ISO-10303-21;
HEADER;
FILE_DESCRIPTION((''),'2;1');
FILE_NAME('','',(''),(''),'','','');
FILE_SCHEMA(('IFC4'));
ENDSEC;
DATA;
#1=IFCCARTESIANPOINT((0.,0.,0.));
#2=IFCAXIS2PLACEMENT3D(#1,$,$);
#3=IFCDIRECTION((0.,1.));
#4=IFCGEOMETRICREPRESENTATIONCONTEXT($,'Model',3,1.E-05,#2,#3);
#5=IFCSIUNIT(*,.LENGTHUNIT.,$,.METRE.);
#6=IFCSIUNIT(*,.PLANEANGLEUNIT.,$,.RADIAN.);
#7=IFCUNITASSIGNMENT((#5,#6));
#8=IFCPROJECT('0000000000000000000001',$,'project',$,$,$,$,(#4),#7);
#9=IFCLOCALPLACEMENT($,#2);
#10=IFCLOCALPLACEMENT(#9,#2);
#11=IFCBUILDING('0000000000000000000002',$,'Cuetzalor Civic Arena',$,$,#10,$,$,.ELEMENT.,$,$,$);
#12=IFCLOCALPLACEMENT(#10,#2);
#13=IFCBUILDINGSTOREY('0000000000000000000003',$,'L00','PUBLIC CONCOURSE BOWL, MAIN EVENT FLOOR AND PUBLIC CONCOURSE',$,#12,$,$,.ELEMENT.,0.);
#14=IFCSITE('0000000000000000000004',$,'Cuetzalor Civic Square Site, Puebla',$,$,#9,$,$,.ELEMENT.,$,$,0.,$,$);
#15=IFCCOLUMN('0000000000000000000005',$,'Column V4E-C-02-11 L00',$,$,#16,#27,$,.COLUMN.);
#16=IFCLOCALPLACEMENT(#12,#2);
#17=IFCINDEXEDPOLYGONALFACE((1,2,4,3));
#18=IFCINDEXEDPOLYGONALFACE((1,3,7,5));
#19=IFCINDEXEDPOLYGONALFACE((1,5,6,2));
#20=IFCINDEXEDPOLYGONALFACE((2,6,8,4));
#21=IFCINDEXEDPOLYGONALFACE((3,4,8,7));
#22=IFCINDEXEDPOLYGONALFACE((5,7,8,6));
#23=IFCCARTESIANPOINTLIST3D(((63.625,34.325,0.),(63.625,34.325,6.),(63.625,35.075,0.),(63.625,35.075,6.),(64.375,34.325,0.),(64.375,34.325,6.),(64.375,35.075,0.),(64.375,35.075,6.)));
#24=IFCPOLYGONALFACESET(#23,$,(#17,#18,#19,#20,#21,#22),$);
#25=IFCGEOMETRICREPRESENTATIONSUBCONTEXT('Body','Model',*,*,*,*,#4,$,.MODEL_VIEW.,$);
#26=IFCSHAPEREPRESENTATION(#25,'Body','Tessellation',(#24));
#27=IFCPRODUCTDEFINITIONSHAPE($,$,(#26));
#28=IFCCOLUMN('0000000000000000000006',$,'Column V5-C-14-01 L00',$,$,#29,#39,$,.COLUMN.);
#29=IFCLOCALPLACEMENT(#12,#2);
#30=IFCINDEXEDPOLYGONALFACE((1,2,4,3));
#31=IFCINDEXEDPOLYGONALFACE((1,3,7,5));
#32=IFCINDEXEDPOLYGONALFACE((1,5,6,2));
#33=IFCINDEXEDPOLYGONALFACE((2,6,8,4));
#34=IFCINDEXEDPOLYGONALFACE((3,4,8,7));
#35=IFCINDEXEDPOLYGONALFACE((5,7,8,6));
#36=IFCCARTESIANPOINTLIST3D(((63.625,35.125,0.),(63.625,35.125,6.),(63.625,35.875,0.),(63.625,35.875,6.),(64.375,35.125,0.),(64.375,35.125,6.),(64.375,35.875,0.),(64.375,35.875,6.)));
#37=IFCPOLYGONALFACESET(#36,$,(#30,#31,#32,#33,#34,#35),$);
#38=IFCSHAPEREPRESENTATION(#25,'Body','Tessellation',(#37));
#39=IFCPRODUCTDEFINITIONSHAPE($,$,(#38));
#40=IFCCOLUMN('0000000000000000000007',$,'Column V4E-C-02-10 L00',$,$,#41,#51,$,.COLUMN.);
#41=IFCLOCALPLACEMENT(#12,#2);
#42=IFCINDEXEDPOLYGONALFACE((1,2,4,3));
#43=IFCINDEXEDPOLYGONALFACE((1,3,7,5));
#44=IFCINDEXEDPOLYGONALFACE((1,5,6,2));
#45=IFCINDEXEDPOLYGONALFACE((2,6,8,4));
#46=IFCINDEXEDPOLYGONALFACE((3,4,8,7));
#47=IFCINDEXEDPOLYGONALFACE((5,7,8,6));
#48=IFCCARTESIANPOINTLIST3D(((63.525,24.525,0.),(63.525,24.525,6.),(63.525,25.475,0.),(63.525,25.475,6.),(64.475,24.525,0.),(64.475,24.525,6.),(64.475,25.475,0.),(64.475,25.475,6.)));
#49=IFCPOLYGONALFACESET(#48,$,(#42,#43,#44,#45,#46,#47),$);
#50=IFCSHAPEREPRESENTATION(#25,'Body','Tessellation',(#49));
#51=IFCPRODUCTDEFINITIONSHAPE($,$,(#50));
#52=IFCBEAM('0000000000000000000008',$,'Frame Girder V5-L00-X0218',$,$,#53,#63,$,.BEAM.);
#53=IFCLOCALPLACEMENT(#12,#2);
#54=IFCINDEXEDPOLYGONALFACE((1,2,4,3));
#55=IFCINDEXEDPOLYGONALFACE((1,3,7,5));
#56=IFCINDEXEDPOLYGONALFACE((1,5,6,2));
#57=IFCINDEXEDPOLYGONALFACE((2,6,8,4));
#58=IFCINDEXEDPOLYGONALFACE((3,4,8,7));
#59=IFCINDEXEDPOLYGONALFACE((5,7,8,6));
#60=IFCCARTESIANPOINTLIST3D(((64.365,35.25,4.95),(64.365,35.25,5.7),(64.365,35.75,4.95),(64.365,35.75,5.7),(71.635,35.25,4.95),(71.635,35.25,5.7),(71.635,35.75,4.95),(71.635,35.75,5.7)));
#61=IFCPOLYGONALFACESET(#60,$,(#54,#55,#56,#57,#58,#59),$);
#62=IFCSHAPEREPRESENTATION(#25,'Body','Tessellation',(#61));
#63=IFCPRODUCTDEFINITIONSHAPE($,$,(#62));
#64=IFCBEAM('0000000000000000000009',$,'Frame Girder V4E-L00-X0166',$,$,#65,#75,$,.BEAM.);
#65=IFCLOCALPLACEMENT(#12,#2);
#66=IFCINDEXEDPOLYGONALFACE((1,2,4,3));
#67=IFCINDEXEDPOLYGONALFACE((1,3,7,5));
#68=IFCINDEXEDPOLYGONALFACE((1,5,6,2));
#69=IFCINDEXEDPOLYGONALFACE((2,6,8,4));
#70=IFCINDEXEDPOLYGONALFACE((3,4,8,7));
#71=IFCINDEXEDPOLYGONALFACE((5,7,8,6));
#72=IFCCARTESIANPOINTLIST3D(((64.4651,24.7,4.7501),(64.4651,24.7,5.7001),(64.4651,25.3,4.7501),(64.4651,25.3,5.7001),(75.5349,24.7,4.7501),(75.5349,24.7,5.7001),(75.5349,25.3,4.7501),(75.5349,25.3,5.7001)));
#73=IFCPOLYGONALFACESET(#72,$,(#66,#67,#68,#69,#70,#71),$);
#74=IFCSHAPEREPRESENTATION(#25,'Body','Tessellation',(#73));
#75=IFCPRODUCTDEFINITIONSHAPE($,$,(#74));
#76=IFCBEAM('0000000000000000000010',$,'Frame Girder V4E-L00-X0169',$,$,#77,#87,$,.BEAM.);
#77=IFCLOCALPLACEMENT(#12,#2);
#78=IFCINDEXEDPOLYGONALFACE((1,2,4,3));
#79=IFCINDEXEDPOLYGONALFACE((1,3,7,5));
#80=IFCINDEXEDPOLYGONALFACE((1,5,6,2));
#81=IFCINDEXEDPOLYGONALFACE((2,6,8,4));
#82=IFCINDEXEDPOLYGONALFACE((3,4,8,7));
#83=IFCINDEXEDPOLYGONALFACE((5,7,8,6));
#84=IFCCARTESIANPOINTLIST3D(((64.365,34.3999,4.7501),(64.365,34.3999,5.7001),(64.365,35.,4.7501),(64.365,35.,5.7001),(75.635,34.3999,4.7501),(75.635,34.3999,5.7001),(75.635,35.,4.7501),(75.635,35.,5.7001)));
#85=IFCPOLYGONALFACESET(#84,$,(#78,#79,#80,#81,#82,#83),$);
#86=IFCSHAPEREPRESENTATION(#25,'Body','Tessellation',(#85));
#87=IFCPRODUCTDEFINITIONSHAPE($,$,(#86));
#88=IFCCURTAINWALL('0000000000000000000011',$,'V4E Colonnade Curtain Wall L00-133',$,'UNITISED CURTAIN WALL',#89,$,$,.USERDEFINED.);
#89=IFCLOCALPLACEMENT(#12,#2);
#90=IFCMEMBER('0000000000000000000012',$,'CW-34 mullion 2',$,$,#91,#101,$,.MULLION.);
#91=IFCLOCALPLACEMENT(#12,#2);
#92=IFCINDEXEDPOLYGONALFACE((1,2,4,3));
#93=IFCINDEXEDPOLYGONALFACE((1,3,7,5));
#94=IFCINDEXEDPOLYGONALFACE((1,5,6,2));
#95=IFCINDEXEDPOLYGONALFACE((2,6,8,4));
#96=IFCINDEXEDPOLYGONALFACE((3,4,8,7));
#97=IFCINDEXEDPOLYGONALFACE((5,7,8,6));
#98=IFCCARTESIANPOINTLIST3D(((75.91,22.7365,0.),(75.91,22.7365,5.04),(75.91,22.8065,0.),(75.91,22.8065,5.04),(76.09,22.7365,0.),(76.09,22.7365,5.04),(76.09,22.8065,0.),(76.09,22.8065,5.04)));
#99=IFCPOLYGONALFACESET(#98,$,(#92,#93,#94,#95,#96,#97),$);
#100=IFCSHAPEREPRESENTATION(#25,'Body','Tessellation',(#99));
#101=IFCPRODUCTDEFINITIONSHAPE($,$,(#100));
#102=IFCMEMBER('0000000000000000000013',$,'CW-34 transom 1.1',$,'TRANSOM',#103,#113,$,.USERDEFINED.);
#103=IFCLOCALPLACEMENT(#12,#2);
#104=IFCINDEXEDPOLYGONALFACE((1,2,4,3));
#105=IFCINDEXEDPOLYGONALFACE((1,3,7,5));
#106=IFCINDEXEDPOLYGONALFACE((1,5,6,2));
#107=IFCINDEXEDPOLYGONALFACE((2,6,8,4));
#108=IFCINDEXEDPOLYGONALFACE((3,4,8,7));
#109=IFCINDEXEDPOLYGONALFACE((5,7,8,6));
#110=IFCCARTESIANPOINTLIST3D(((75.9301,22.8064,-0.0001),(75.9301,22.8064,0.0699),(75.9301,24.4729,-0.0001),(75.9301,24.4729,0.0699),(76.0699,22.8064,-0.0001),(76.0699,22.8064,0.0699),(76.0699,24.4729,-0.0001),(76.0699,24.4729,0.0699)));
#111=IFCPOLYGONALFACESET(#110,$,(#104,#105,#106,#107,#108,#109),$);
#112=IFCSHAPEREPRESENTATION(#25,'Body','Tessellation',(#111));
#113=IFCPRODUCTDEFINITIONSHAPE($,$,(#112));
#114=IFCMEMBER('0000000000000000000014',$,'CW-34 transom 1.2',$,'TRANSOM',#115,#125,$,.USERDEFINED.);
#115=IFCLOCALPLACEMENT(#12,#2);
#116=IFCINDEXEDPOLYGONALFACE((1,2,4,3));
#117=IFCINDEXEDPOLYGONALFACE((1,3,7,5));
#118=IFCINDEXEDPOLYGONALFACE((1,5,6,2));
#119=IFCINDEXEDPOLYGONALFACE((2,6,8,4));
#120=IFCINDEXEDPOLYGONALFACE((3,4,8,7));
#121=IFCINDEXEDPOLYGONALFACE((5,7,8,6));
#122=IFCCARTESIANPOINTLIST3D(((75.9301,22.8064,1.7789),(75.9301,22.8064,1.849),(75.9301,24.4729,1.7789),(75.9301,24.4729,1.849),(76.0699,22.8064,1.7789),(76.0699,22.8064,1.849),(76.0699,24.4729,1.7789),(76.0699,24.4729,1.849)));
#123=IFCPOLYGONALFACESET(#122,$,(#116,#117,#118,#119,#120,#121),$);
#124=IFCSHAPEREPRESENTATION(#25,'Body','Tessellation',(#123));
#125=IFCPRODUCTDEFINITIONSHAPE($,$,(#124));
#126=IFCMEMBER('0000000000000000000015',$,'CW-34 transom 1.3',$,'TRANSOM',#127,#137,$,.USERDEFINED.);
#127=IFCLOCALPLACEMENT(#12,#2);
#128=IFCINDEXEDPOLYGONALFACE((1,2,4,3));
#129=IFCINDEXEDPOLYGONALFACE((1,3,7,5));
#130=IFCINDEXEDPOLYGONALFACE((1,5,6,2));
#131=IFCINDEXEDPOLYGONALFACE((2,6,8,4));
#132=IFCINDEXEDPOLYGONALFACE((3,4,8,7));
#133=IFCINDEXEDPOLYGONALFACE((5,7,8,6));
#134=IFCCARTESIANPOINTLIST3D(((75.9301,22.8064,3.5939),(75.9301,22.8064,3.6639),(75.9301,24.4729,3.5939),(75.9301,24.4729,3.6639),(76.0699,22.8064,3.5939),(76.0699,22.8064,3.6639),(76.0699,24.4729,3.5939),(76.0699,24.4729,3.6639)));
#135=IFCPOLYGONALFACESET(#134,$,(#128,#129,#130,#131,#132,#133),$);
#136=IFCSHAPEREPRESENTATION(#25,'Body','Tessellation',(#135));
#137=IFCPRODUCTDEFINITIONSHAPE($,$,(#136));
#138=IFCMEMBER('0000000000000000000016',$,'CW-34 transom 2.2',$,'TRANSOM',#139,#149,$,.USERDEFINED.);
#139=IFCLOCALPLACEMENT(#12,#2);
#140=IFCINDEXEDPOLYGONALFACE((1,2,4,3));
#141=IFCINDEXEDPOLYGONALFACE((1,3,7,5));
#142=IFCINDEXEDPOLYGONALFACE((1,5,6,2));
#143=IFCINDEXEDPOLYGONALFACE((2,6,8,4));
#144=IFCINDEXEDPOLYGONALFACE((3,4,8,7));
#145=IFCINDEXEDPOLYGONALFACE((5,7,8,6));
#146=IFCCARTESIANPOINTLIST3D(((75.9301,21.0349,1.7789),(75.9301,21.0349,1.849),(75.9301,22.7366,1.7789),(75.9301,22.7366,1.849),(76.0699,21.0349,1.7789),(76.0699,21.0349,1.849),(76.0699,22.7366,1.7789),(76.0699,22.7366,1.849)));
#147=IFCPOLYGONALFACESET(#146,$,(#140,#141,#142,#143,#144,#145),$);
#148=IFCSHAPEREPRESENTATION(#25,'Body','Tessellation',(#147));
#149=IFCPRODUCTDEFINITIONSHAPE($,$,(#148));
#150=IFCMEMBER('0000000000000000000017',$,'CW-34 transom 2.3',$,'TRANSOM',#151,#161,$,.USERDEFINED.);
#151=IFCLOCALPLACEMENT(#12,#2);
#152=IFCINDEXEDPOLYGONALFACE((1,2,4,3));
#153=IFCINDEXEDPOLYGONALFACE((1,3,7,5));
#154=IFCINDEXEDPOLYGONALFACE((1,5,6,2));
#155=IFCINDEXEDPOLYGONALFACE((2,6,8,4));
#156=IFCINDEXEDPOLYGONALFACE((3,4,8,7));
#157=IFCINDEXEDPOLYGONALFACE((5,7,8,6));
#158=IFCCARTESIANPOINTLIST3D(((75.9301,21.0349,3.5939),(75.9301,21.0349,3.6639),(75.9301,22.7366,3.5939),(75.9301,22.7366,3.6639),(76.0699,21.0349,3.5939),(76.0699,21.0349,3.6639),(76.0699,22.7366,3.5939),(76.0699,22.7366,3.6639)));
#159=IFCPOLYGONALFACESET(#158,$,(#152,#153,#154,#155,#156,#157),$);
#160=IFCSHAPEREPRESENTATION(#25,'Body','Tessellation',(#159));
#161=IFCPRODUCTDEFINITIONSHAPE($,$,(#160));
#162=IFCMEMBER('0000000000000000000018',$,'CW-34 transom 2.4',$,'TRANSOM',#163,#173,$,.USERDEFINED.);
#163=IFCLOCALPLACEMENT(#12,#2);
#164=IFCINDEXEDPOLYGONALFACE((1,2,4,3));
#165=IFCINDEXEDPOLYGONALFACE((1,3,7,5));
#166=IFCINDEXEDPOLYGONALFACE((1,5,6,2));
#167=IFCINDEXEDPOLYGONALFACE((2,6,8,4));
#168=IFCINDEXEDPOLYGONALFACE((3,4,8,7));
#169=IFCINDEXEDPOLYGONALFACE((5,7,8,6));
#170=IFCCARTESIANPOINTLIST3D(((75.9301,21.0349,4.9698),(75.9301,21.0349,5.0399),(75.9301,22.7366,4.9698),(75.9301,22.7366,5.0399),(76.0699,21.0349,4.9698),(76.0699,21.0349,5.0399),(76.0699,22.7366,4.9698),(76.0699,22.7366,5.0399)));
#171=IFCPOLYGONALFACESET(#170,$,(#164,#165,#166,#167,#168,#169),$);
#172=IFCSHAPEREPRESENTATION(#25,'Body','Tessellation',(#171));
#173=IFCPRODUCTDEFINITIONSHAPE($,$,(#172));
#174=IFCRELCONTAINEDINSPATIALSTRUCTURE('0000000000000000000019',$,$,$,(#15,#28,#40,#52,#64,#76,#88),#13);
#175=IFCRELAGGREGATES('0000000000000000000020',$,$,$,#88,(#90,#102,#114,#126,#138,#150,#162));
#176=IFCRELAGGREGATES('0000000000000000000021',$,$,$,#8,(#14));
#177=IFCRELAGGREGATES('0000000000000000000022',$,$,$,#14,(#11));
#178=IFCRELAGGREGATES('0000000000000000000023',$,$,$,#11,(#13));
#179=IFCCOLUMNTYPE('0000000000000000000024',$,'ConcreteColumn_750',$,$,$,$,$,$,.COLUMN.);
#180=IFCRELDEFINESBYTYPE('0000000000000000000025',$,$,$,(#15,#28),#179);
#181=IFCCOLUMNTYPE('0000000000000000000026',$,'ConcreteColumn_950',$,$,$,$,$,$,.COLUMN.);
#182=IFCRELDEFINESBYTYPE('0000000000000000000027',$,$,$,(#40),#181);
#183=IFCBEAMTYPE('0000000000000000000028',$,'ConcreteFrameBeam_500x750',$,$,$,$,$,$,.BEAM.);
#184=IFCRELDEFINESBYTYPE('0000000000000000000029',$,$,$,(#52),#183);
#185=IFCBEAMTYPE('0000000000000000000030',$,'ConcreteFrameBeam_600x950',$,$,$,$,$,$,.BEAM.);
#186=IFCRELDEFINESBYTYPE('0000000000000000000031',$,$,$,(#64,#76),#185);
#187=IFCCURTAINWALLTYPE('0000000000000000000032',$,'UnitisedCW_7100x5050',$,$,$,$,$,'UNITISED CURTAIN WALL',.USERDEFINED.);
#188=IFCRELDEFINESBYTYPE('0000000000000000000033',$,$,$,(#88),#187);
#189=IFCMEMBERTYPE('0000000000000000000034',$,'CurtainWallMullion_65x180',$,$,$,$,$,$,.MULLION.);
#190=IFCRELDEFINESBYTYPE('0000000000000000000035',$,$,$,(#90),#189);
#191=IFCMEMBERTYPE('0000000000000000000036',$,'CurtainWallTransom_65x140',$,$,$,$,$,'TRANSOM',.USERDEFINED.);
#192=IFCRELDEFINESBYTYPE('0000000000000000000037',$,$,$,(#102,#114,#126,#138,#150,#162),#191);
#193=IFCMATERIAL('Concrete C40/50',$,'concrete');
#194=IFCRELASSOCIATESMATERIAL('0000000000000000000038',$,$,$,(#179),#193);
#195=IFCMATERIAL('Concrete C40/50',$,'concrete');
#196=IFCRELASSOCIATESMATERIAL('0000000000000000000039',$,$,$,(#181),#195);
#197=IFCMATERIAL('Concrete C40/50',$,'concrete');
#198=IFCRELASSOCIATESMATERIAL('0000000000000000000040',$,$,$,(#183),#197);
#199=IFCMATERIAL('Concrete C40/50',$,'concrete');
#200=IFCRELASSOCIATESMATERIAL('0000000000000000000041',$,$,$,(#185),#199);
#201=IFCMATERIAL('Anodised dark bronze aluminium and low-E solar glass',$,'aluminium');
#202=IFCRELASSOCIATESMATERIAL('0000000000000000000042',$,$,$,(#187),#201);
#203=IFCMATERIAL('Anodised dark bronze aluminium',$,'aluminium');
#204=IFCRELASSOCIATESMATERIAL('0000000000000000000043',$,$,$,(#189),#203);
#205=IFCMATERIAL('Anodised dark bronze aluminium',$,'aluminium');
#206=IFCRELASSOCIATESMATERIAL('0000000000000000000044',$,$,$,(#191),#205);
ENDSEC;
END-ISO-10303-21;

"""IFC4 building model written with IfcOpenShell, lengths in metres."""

from ifc_helpers import new_model, si_unit, direction, frame, origin, origin_2d, place, context, subcontext, project, spatial, rectangle, extrude, material, material_profile, profile_set, type_object, element, aggregate, save


model = new_model("IFC4")

# Units and contexts
model_context = context("Model", 3, precision=1e-05, world=origin(), true_north=direction((0.0, 1.0)))
body_context = subcontext(model_context, "Body", "Model", "MODEL_VIEW")
ifc_project = project(units=[si_unit("LENGTHUNIT", "METRE"), si_unit("PLANEANGLEUNIT", "RADIAN")], contexts=[model_context])

# Site, building, storey
site_placement = place(None, origin())
site = spatial("IfcSite", under=ifc_project, at=site_placement, Name="Cuetzalor Civic Square Site, Puebla", CompositionType="ELEMENT", RefElevation=0.0)
building_placement = place(site_placement, origin())
building = spatial("IfcBuilding", under=site, at=building_placement, Name="Cuetzalor Civic Arena", CompositionType="ELEMENT")
storey_placement = place(building_placement, origin())
storey = spatial("IfcBuildingStorey", under=building, at=storey_placement, Name="L00", Description="PUBLIC CONCOURSE BOWL, MAIN EVENT FLOOR AND PUBLIC CONCOURSE", CompositionType="ELEMENT", Elevation=0.0)

# Columns
ifc_material_1 = material(Name="Concrete C40/50", Category="concrete")
ifc_material_profile_1 = material_profile(ifc_material_1, rectangle(XDim=0.75, YDim=0.75, at=origin_2d()), Name="RC 750x750")
ifc_profile_set_1 = profile_set([ifc_material_profile_1], Name="Concrete C40/50")
column_type_1 = type_object("IfcColumnType", Name="ConcreteColumn_750", PredefinedType="COLUMN", material=ifc_profile_set_1)
for number, where, z_axis, x_axis, name in (
    (1, (64.0, 34.7, 0.0), (0.0, 0.0, 1.0), (1.0, 0.0, 0.0), "Column V4E-C-02-11 L00"),
    (2, (64.0, 35.5, 0.0), (0.0, 0.0, 1.0), (1.0, 0.0, 0.0), "Column V5-C-14-01 L00"),
):
    element("IfcColumn", number, at=place(storey_placement, frame(where, z_axis=z_axis, x_axis=x_axis)), inside=storey, type_object=column_type_1, Name=name, PredefinedType="COLUMN", context=body_context, shape_type="SweptSolid", body=[
        extrude(rectangle(XDim=0.75, YDim=0.75, at=origin_2d()), origin(), (0.0, 0.0, 1.0), 6.0),
    ])
ifc_material_2 = material(Name="Concrete C40/50", Category="concrete")
ifc_material_profile_2 = material_profile(ifc_material_2, rectangle(XDim=0.95, YDim=0.95, at=origin_2d()), Name="RC 950x950")
ifc_profile_set_2 = profile_set([ifc_material_profile_2], Name="Concrete C40/50")
column_type_2 = type_object("IfcColumnType", Name="ConcreteColumn_950", PredefinedType="COLUMN", material=ifc_profile_set_2)
column_placement = place(storey_placement, frame((64.0, 25.0, 0.0), z_axis=(0.0, 0.0, 1.0), x_axis=(1.0, 0.0, 0.0)))
element("IfcColumn", 3, at=column_placement, inside=storey, type_object=column_type_2, Name="Column V4E-C-02-10 L00", PredefinedType="COLUMN", context=body_context, shape_type="SweptSolid", body=[
    extrude(rectangle(XDim=0.95, YDim=0.95, at=origin_2d()), origin(), (0.0, 0.0, 1.0), 6.0),
])

# Beams
ifc_material_3 = material(Name="Concrete C40/50", Category="concrete")
ifc_material_profile_3 = material_profile(ifc_material_3, rectangle(XDim=0.5, YDim=0.75, at=origin_2d()), Name="RC 500x750")
ifc_profile_set_3 = profile_set([ifc_material_profile_3], Name="Concrete C40/50")
beam_type_1 = type_object("IfcBeamType", Name="ConcreteFrameBeam_500x750", PredefinedType="BEAM", material=ifc_profile_set_3)
beam_1_placement = place(storey_placement, frame((64.365, 35.5, 5.325), z_axis=(1.0, 0.0, 0.0), x_axis=(0.0, 1.0, 0.0)))
element("IfcBeam", 4, at=beam_1_placement, inside=storey, type_object=beam_type_1, Name="Frame Girder V5-L00-X0218", PredefinedType="BEAM", context=body_context, shape_type="SweptSolid", body=[
    extrude(rectangle(XDim=0.5, YDim=0.75, at=origin_2d()), origin(), (0.0, 0.0, 1.0), 7.27),
])
ifc_material_4 = material(Name="Concrete C40/50", Category="concrete")
ifc_material_profile_4 = material_profile(ifc_material_4, rectangle(XDim=0.6001, YDim=0.95, at=origin_2d()), Name="RC 600x950")
ifc_profile_set_4 = profile_set([ifc_material_profile_4], Name="Concrete C40/50")
beam_type_2 = type_object("IfcBeamType", Name="ConcreteFrameBeam_600x950", PredefinedType="BEAM", material=ifc_profile_set_4)
beam_2_placement = place(storey_placement, frame((64.4651, 25.0, 5.2251), z_axis=(1.0, 0.0, 0.0), x_axis=(0.0, 1.0, 0.0)))
element("IfcBeam", 5, at=beam_2_placement, inside=storey, type_object=beam_type_2, Name="Frame Girder V4E-L00-X0166", PredefinedType="BEAM", context=body_context, shape_type="SweptSolid", body=[
    extrude(rectangle(XDim=0.6001, YDim=0.95, at=origin_2d()), origin(), (0.0, 0.0, 1.0), 11.0698),
])
beam_3_placement = place(storey_placement, frame((64.365, 34.7, 5.2251), z_axis=(1.0, 0.0, 0.0), x_axis=(0.0, 1.0, 0.0)))
element("IfcBeam", 6, at=beam_3_placement, inside=storey, type_object=beam_type_2, Name="Frame Girder V4E-L00-X0169", PredefinedType="BEAM", context=body_context, shape_type="SweptSolid", body=[
    extrude(rectangle(XDim=0.6001, YDim=0.95, at=origin_2d()), origin(), (0.0, 0.0, 1.0), 11.27),
])

# Curtain wall, members
ifc_material_5 = material(Name="Anodised dark bronze aluminium and low-E solar glass", Category="aluminium")
curtain_wall_type = type_object("IfcCurtainWallType", Name="UnitisedCW_7100x5050", ElementType="UNITISED CURTAIN WALL", PredefinedType="USERDEFINED", material=ifc_material_5)
curtain_wall_placement = place(storey_placement, origin())
curtain_wall = element("IfcCurtainWall", 7, at=curtain_wall_placement, inside=storey, type_object=curtain_wall_type, Name="V4E Colonnade Curtain Wall L00-133", ObjectType="UNITISED CURTAIN WALL", PredefinedType="USERDEFINED")
ifc_material_6 = material(Name="Anodised dark bronze aluminium", Category="aluminium")
ifc_material_profile_5 = material_profile(ifc_material_6, rectangle(XDim=0.0701, YDim=0.1799, at=origin_2d()), Name="ALU MULLION 70x180")
ifc_profile_set_5 = profile_set([ifc_material_profile_5], Name="Anodised dark bronze aluminium")
member_type_1 = type_object("IfcMemberType", Name="CurtainWallMullion_65x180", PredefinedType="MULLION", material=ifc_profile_set_5)
member_1_placement = place(storey_placement, frame((76.0, 22.7715, 0.0), z_axis=(0.0, 0.0, 1.0), x_axis=(0.0, -1.0, 0.0)))
member_1 = element("IfcMember", 8, at=member_1_placement, type_object=member_type_1, Name="CW-34 mullion 2", PredefinedType="MULLION", context=body_context, shape_type="SweptSolid", body=[
    extrude(rectangle(XDim=0.0701, YDim=0.1799, at=origin_2d()), origin(), (0.0, 0.0, 1.0), 5.04),
])
ifc_material_7 = material(Name="Anodised dark bronze aluminium", Category="aluminium")
ifc_material_profile_6 = material_profile(ifc_material_7, rectangle(XDim=0.1399, YDim=0.0701, at=origin_2d()), Name="ALU TRANSOM 70x140")
ifc_profile_set_6 = profile_set([ifc_material_profile_6], Name="Anodised dark bronze aluminium")
member_type_2 = type_object("IfcMemberType", Name="CurtainWallTransom_65x140", ElementType="TRANSOM", PredefinedType="USERDEFINED", material=ifc_profile_set_6)
member_2_placement = place(storey_placement, frame((76.0, 24.4729, 0.0349), z_axis=(0.0, -1.0, 0.0), x_axis=(1.0, 0.0, 0.0)))
member_2 = element("IfcMember", 9, at=member_2_placement, type_object=member_type_2, Name="CW-34 transom 1.1", ObjectType="TRANSOM", PredefinedType="USERDEFINED", context=body_context, shape_type="SweptSolid", body=[
    extrude(rectangle(XDim=0.1399, YDim=0.0701, at=origin_2d()), origin(), (0.0, 0.0, 1.0), 1.6665),
])
member_3_placement = place(storey_placement, frame((76.0, 24.4729, 1.814), z_axis=(0.0, -1.0, 0.0), x_axis=(1.0, 0.0, 0.0)))
member_3 = element("IfcMember", 10, at=member_3_placement, type_object=member_type_2, Name="CW-34 transom 1.2", ObjectType="TRANSOM", PredefinedType="USERDEFINED", context=body_context, shape_type="SweptSolid", body=[
    extrude(rectangle(XDim=0.1399, YDim=0.0701, at=origin_2d()), origin(), (0.0, 0.0, 1.0), 1.6665),
])
member_4_placement = place(storey_placement, frame((76.0, 24.4729, 3.6289), z_axis=(0.0, -1.0, 0.0), x_axis=(1.0, 0.0, 0.0)))
member_4 = element("IfcMember", 11, at=member_4_placement, type_object=member_type_2, Name="CW-34 transom 1.3", ObjectType="TRANSOM", PredefinedType="USERDEFINED", context=body_context, shape_type="SweptSolid", body=[
    extrude(rectangle(XDim=0.1399, YDim=0.0701, at=origin_2d()), origin(), (0.0, 0.0, 1.0), 1.6665),
])
member_5_placement = place(storey_placement, frame((76.0, 22.7366, 1.814), z_axis=(0.0, -1.0, 0.0), x_axis=(1.0, 0.0, 0.0)))
member_5 = element("IfcMember", 12, at=member_5_placement, type_object=member_type_2, Name="CW-34 transom 2.2", ObjectType="TRANSOM", PredefinedType="USERDEFINED", context=body_context, shape_type="SweptSolid", body=[
    extrude(rectangle(XDim=0.1399, YDim=0.0701, at=origin_2d()), origin(), (0.0, 0.0, 1.0), 1.7017),
])
member_6_placement = place(storey_placement, frame((76.0, 22.7366, 3.6289), z_axis=(0.0, -1.0, 0.0), x_axis=(1.0, 0.0, 0.0)))
member_6 = element("IfcMember", 13, at=member_6_placement, type_object=member_type_2, Name="CW-34 transom 2.3", ObjectType="TRANSOM", PredefinedType="USERDEFINED", context=body_context, shape_type="SweptSolid", body=[
    extrude(rectangle(XDim=0.1399, YDim=0.0701, at=origin_2d()), origin(), (0.0, 0.0, 1.0), 1.7017),
])
member_7_placement = place(storey_placement, frame((76.0, 22.7366, 5.0049), z_axis=(0.0, -1.0, 0.0), x_axis=(1.0, 0.0, 0.0)))
member_7 = element("IfcMember", 14, at=member_7_placement, type_object=member_type_2, Name="CW-34 transom 2.4", ObjectType="TRANSOM", PredefinedType="USERDEFINED", context=body_context, shape_type="SweptSolid", body=[
    extrude(rectangle(XDim=0.1399, YDim=0.0701, at=origin_2d()), origin(), (0.0, 0.0, 1.0), 1.7017),
])

aggregate(curtain_wall, [member_1, member_2, member_3, member_4, member_5, member_6, member_7])

save(model, "model.ifc")
